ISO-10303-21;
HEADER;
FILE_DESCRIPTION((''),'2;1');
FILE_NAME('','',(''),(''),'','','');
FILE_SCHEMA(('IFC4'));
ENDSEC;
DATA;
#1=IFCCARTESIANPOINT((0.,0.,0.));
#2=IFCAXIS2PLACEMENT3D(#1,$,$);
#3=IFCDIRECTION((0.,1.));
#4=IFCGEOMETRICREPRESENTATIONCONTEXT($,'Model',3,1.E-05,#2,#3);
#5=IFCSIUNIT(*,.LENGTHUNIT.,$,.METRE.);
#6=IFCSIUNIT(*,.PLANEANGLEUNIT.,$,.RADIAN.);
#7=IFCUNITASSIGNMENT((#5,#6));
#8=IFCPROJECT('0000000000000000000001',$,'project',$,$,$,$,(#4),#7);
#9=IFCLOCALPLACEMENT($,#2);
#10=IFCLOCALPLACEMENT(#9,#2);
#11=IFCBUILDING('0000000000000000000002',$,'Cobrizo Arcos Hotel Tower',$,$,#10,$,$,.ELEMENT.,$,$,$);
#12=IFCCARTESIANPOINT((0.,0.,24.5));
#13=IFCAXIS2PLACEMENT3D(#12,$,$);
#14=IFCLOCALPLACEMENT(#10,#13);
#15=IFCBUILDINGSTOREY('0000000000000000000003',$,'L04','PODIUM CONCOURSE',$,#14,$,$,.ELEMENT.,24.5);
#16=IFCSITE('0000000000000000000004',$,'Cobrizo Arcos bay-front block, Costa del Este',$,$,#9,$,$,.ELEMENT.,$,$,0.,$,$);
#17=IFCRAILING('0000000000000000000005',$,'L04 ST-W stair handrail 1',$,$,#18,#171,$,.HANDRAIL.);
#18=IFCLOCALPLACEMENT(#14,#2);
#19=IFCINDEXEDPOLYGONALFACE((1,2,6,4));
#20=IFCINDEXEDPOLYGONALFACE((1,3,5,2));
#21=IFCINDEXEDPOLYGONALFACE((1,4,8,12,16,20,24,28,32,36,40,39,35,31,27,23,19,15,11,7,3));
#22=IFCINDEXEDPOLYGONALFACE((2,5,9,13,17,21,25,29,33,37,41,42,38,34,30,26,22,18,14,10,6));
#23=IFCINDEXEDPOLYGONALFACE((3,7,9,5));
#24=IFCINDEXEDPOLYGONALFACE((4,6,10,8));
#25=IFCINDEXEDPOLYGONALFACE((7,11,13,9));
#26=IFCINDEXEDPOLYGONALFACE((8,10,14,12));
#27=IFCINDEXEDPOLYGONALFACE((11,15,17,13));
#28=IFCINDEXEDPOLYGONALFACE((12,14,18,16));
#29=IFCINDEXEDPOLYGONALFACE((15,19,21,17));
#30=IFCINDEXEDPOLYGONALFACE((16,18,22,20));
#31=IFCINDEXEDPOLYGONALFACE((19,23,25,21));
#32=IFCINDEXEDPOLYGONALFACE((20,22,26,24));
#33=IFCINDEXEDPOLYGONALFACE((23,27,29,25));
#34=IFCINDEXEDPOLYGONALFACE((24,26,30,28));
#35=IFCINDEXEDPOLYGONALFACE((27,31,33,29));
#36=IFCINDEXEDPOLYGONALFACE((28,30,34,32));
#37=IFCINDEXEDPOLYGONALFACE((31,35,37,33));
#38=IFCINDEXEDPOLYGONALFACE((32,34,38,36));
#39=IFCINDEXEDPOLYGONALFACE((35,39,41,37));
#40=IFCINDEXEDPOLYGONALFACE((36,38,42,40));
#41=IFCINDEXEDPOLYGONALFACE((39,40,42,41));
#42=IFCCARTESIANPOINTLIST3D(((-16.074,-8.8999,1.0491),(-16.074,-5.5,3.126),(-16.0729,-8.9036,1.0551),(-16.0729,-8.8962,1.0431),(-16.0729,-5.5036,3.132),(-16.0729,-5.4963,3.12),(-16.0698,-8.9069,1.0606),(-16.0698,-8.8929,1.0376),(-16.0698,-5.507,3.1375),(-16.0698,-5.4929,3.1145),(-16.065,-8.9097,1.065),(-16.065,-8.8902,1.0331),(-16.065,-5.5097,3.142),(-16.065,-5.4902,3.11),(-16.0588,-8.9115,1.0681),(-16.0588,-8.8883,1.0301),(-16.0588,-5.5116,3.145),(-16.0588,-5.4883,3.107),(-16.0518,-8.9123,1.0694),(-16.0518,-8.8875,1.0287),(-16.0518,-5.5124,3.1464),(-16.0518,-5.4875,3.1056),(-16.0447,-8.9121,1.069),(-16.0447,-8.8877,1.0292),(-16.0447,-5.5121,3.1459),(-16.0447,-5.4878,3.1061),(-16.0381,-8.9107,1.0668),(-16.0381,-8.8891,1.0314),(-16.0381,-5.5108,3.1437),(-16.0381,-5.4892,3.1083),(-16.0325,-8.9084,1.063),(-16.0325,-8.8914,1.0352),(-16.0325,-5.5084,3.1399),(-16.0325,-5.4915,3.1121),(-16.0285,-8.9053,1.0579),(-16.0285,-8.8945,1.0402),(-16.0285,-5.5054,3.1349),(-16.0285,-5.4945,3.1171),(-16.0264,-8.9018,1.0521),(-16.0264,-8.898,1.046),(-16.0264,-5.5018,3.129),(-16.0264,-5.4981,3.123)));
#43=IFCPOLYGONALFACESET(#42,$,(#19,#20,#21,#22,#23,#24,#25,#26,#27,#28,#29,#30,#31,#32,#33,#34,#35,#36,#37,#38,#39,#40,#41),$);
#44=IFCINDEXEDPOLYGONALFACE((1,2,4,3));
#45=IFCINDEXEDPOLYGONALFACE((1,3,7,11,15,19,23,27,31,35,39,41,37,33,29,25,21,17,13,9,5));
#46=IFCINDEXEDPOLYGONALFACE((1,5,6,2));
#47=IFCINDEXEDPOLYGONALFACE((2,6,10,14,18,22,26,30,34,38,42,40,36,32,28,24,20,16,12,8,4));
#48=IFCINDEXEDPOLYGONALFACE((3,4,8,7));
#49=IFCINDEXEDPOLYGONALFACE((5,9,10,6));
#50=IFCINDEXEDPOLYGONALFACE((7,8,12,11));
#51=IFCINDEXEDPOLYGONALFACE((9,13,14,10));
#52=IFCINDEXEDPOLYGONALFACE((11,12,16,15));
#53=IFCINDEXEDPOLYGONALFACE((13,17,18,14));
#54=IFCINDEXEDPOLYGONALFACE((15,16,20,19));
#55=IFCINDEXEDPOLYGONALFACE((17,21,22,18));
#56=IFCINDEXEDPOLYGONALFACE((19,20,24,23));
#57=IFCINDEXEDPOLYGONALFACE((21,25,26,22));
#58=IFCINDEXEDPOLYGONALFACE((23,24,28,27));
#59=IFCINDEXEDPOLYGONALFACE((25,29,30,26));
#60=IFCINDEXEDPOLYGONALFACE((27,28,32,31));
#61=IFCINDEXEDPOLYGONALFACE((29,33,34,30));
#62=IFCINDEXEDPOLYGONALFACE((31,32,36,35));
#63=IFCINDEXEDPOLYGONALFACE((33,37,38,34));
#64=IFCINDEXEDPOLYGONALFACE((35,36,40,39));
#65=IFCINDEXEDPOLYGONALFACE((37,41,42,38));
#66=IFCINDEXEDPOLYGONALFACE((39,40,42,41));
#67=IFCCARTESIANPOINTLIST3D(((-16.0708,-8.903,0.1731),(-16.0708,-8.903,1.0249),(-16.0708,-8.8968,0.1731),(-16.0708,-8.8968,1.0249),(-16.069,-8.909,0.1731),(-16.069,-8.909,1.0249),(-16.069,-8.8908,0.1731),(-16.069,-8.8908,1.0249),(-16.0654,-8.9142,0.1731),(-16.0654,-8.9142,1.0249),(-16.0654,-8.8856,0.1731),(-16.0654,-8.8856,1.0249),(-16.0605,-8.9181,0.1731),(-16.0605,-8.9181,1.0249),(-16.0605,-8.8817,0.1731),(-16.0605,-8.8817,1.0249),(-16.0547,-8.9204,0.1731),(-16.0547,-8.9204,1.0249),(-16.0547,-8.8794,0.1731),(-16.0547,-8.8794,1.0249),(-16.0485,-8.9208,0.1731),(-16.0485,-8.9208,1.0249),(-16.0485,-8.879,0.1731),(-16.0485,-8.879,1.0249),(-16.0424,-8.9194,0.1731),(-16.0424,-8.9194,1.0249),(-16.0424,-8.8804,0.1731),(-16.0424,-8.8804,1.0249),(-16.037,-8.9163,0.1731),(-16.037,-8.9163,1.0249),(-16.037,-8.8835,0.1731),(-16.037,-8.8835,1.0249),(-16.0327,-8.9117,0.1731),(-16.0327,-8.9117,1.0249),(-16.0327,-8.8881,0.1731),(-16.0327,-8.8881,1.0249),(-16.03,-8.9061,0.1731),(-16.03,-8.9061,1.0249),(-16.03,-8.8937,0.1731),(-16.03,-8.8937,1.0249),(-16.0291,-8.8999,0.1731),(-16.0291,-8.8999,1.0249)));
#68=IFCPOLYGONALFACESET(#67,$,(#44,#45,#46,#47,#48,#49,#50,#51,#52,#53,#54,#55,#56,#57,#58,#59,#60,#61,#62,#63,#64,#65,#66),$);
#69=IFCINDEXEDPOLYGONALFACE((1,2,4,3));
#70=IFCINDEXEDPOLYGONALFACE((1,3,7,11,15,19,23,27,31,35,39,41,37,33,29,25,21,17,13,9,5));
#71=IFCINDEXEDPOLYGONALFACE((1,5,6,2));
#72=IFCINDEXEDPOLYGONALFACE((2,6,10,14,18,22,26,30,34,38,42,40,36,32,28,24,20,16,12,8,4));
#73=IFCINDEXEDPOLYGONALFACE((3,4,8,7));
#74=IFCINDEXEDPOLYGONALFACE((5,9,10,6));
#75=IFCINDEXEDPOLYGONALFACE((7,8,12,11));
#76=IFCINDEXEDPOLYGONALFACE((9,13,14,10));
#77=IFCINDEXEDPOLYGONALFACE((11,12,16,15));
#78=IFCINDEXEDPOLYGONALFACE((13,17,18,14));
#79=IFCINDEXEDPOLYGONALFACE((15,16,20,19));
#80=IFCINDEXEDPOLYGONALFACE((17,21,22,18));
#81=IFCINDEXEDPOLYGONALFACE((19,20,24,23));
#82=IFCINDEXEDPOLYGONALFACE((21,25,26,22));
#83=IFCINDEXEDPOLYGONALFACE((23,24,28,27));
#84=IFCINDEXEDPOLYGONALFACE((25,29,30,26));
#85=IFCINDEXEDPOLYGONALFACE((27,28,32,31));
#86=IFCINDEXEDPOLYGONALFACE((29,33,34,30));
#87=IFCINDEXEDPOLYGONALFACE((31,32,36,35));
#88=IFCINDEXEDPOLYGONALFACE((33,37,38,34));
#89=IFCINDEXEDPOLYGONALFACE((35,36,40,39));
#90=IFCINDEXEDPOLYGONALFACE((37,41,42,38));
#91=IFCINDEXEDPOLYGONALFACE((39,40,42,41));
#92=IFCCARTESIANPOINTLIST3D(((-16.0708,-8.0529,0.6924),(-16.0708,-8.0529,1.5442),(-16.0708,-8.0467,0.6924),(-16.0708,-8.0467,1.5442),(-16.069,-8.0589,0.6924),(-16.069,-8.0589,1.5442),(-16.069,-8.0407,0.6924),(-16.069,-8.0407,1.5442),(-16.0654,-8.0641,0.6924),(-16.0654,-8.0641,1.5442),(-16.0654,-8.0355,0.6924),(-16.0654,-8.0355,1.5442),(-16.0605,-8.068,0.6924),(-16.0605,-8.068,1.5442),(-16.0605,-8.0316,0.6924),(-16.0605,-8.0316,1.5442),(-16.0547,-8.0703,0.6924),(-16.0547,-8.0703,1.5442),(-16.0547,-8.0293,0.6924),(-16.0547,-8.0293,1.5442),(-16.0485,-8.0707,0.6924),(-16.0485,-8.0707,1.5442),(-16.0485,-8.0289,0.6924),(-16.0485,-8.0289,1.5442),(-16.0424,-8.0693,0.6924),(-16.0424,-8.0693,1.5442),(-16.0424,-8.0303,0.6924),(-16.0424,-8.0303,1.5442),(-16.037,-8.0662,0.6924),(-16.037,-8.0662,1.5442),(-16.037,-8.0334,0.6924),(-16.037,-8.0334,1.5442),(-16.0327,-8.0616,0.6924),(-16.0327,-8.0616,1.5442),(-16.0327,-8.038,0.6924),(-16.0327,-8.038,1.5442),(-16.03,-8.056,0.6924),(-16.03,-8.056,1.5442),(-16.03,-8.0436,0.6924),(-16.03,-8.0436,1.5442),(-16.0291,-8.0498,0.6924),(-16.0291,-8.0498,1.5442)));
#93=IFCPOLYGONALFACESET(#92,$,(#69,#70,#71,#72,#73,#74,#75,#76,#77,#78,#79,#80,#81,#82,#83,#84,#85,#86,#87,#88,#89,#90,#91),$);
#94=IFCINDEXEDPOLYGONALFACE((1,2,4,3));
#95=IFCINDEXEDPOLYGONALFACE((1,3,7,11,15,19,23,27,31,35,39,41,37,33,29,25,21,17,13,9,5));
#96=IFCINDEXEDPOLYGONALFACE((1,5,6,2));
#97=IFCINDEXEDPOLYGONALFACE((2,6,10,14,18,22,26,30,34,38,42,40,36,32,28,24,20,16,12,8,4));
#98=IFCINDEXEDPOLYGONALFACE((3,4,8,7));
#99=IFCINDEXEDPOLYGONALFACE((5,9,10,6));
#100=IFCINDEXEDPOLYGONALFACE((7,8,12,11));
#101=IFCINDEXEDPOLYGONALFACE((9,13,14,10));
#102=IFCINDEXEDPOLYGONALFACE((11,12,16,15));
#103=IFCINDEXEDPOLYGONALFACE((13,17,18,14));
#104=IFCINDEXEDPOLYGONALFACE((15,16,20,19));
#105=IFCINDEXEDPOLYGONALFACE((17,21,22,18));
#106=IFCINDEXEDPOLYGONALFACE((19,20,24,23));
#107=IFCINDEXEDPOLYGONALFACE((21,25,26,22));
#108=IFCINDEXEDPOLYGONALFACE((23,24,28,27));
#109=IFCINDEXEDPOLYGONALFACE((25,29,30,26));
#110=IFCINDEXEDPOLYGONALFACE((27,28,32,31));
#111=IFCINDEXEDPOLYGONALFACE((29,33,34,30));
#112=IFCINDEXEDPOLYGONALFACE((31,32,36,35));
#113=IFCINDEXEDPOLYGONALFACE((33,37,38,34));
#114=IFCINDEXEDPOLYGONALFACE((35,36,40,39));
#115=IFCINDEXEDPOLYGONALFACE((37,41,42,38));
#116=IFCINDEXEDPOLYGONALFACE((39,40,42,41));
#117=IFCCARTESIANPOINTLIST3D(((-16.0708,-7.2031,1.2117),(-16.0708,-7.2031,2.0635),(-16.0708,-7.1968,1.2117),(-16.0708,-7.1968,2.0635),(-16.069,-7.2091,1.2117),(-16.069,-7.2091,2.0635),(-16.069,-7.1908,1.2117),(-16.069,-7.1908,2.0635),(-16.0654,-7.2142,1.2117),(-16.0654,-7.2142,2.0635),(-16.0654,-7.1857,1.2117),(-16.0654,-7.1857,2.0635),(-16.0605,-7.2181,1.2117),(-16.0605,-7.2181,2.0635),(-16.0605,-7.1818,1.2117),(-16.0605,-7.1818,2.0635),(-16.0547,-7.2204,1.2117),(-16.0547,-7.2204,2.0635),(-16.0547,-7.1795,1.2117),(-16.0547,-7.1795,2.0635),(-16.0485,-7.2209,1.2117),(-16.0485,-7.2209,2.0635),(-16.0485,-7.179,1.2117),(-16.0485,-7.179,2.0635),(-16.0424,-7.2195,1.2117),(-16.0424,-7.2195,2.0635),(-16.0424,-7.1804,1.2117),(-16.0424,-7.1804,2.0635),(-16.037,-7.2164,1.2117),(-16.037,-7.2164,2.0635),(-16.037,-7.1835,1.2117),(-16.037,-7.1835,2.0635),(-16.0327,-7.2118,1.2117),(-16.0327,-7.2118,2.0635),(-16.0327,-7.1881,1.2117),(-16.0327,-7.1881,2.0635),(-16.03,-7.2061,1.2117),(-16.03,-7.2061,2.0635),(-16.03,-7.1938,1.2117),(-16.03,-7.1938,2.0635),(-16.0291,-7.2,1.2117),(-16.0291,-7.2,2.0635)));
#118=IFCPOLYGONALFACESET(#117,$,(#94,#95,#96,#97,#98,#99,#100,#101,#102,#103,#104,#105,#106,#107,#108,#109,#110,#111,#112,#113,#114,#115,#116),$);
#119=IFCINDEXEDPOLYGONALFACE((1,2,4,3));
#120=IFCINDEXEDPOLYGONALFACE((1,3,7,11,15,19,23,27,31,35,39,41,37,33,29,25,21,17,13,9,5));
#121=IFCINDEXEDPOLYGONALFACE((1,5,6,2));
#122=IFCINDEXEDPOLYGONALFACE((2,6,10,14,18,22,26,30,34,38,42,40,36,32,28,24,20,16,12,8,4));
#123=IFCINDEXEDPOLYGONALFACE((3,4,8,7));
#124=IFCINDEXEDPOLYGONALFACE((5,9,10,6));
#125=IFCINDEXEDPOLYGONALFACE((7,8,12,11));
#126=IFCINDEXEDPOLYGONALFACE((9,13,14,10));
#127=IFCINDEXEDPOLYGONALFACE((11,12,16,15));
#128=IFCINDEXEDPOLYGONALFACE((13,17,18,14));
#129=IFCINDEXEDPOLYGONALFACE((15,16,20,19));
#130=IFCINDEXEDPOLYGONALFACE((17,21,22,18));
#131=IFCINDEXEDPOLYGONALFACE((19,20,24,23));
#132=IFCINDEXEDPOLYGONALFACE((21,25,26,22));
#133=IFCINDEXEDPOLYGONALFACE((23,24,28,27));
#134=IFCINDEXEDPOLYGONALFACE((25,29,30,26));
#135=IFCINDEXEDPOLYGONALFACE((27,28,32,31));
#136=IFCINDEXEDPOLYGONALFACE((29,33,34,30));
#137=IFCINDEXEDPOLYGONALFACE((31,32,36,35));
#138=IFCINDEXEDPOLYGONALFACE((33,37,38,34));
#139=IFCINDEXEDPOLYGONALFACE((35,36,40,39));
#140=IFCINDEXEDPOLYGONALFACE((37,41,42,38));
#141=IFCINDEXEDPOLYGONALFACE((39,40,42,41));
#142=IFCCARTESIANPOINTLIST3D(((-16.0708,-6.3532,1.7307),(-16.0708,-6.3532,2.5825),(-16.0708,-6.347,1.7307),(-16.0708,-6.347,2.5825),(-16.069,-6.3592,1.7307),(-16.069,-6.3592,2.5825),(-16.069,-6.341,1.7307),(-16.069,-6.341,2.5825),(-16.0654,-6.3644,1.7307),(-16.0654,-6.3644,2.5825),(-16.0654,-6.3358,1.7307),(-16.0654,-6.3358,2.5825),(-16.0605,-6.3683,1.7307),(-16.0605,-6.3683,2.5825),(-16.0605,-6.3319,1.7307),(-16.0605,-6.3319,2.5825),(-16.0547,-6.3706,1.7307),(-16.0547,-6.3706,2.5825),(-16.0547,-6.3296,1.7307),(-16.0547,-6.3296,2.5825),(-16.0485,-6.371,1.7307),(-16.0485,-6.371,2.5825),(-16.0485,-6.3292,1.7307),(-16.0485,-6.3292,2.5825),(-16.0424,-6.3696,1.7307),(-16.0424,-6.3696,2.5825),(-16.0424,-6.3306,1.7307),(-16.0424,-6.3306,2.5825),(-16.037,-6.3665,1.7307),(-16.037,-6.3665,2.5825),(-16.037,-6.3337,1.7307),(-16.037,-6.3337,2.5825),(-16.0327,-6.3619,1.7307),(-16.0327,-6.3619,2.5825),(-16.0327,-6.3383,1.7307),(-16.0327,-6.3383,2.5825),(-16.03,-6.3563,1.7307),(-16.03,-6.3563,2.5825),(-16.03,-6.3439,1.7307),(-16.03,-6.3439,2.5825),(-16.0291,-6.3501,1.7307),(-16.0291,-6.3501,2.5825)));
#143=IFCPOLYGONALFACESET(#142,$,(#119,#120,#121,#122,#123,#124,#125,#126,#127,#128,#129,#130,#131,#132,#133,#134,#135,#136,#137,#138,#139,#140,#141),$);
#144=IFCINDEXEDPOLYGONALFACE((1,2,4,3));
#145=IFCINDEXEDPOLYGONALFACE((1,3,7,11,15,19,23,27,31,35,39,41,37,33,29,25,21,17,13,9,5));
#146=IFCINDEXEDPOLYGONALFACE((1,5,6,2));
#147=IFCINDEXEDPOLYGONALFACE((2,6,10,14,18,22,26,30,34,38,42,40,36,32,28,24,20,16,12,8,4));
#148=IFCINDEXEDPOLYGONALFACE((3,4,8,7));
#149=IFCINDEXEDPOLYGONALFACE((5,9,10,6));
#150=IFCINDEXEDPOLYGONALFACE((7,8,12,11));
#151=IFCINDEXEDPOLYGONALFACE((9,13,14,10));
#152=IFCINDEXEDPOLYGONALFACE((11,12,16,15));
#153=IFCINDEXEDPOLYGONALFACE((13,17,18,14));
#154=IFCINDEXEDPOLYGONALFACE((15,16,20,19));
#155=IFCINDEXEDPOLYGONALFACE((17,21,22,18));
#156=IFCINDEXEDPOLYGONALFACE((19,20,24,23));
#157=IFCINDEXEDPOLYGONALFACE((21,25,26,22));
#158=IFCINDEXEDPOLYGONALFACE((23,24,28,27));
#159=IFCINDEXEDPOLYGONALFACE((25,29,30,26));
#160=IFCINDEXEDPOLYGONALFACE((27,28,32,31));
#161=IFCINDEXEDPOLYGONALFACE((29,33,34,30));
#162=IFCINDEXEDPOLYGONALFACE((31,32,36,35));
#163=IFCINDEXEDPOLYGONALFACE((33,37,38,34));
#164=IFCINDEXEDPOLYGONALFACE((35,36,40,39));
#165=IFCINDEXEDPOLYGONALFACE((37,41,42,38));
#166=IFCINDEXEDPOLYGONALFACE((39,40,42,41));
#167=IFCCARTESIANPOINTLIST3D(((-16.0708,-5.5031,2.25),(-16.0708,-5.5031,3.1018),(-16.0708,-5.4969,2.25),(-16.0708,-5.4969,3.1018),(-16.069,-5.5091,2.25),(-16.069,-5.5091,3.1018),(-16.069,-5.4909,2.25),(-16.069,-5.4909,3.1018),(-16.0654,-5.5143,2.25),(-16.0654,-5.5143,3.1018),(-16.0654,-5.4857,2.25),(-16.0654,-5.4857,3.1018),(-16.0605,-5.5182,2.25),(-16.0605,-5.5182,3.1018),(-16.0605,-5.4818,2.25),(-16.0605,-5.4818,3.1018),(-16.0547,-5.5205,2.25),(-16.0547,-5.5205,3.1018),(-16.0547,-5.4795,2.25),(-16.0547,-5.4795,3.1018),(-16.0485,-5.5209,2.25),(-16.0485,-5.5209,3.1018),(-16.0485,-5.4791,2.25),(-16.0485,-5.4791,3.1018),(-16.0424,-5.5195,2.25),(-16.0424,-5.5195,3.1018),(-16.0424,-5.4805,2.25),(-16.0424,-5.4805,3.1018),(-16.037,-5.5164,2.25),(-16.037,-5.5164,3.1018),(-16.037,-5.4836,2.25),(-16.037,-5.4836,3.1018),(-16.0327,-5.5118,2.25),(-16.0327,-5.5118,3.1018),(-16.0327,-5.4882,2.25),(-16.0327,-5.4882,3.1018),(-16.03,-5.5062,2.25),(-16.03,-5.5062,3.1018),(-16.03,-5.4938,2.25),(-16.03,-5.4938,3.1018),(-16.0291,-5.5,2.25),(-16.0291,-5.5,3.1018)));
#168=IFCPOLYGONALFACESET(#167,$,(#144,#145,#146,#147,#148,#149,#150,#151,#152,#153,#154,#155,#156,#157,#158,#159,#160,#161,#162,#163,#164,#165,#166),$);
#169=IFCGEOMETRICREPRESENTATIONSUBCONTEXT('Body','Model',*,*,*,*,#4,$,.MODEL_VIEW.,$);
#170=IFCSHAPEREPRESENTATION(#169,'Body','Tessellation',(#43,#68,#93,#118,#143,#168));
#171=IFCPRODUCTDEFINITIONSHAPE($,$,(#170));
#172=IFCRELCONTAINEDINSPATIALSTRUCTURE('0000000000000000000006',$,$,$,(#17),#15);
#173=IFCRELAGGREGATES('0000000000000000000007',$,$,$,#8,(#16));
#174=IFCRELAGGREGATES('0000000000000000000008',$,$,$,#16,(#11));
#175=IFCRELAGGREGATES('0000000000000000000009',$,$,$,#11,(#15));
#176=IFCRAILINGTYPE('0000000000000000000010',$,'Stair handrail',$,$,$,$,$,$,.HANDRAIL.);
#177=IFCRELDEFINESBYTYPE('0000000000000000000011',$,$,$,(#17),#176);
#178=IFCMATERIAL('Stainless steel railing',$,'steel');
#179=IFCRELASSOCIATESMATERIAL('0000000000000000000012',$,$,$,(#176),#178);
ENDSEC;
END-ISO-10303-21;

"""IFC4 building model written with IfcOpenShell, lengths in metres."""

from ifc_helpers import new_model, si_unit, direction, frame, origin, origin_2d, place, context, subcontext, project, spatial, circle, extrude, material, type_object, element, save


model = new_model("IFC4")

# Units and contexts
model_context = context("Model", 3, precision=1e-05, world=origin(), true_north=direction((0.0, 1.0)))
body_context = subcontext(model_context, "Body", "Model", "MODEL_VIEW")
ifc_project = project(units=[si_unit("LENGTHUNIT", "METRE"), si_unit("PLANEANGLEUNIT", "RADIAN")], contexts=[model_context])

# Site, building, storey
site_placement = place(None, origin())
site = spatial("IfcSite", under=ifc_project, at=site_placement, Name="Cobrizo Arcos bay-front block, Costa del Este", CompositionType="ELEMENT", RefElevation=0.0)
building_placement = place(site_placement, origin())
building = spatial("IfcBuilding", under=site, at=building_placement, Name="Cobrizo Arcos Hotel Tower", CompositionType="ELEMENT")
storey_placement = place(building_placement, frame((0.0, 0.0, 24.5)))
storey = spatial("IfcBuildingStorey", under=building, at=storey_placement, Name="L04", Description="PODIUM CONCOURSE", CompositionType="ELEMENT", Elevation=24.5)

# Railing
ifc_material_1 = material(Name="Stainless steel railing", Category="steel")
railing_type_1 = type_object("IfcRailingType", Name="Stair handrail", PredefinedType="HANDRAIL", material=ifc_material_1)
railing_1_placement = place(storey_placement, frame((-16.05, -8.8999, 0.1731)))
element("IfcRailing", 1, at=railing_1_placement, inside=storey, type_object=railing_type_1, Name="L04 ST-W stair handrail 1", PredefinedType="HANDRAIL", context=body_context, shape_type="SweptSolid", body=[
    extrude(circle(Radius=0.0239, at=origin_2d()), frame((0.0, 0.0, 0.876), z_axis=(0.0, 0.853373, 0.521301), x_axis=(-1.0, 0.0, 0.0)), (0.0, 0.0, 1.0), 3.9841),
    extrude(circle(Radius=0.021, at=origin_2d()), origin(), (0.0, 0.0, 1.0), 0.8518),
    extrude(circle(Radius=0.021, at=origin_2d()), frame((0.0, 0.8501, 0.5193)), (0.0, 0.0, 1.0), 0.8518),
    extrude(circle(Radius=0.021, at=origin_2d()), frame((0.0, 1.7, 1.0386)), (0.0, 0.0, 1.0), 0.8518),
    extrude(circle(Radius=0.021, at=origin_2d()), frame((0.0, 2.5498, 1.5576)), (0.0, 0.0, 1.0), 0.8518),
    extrude(circle(Radius=0.021, at=origin_2d()), frame((0.0, 3.3999, 2.0769)), (0.0, 0.0, 1.0), 0.8518),
])

save(model, "model.ifc")
